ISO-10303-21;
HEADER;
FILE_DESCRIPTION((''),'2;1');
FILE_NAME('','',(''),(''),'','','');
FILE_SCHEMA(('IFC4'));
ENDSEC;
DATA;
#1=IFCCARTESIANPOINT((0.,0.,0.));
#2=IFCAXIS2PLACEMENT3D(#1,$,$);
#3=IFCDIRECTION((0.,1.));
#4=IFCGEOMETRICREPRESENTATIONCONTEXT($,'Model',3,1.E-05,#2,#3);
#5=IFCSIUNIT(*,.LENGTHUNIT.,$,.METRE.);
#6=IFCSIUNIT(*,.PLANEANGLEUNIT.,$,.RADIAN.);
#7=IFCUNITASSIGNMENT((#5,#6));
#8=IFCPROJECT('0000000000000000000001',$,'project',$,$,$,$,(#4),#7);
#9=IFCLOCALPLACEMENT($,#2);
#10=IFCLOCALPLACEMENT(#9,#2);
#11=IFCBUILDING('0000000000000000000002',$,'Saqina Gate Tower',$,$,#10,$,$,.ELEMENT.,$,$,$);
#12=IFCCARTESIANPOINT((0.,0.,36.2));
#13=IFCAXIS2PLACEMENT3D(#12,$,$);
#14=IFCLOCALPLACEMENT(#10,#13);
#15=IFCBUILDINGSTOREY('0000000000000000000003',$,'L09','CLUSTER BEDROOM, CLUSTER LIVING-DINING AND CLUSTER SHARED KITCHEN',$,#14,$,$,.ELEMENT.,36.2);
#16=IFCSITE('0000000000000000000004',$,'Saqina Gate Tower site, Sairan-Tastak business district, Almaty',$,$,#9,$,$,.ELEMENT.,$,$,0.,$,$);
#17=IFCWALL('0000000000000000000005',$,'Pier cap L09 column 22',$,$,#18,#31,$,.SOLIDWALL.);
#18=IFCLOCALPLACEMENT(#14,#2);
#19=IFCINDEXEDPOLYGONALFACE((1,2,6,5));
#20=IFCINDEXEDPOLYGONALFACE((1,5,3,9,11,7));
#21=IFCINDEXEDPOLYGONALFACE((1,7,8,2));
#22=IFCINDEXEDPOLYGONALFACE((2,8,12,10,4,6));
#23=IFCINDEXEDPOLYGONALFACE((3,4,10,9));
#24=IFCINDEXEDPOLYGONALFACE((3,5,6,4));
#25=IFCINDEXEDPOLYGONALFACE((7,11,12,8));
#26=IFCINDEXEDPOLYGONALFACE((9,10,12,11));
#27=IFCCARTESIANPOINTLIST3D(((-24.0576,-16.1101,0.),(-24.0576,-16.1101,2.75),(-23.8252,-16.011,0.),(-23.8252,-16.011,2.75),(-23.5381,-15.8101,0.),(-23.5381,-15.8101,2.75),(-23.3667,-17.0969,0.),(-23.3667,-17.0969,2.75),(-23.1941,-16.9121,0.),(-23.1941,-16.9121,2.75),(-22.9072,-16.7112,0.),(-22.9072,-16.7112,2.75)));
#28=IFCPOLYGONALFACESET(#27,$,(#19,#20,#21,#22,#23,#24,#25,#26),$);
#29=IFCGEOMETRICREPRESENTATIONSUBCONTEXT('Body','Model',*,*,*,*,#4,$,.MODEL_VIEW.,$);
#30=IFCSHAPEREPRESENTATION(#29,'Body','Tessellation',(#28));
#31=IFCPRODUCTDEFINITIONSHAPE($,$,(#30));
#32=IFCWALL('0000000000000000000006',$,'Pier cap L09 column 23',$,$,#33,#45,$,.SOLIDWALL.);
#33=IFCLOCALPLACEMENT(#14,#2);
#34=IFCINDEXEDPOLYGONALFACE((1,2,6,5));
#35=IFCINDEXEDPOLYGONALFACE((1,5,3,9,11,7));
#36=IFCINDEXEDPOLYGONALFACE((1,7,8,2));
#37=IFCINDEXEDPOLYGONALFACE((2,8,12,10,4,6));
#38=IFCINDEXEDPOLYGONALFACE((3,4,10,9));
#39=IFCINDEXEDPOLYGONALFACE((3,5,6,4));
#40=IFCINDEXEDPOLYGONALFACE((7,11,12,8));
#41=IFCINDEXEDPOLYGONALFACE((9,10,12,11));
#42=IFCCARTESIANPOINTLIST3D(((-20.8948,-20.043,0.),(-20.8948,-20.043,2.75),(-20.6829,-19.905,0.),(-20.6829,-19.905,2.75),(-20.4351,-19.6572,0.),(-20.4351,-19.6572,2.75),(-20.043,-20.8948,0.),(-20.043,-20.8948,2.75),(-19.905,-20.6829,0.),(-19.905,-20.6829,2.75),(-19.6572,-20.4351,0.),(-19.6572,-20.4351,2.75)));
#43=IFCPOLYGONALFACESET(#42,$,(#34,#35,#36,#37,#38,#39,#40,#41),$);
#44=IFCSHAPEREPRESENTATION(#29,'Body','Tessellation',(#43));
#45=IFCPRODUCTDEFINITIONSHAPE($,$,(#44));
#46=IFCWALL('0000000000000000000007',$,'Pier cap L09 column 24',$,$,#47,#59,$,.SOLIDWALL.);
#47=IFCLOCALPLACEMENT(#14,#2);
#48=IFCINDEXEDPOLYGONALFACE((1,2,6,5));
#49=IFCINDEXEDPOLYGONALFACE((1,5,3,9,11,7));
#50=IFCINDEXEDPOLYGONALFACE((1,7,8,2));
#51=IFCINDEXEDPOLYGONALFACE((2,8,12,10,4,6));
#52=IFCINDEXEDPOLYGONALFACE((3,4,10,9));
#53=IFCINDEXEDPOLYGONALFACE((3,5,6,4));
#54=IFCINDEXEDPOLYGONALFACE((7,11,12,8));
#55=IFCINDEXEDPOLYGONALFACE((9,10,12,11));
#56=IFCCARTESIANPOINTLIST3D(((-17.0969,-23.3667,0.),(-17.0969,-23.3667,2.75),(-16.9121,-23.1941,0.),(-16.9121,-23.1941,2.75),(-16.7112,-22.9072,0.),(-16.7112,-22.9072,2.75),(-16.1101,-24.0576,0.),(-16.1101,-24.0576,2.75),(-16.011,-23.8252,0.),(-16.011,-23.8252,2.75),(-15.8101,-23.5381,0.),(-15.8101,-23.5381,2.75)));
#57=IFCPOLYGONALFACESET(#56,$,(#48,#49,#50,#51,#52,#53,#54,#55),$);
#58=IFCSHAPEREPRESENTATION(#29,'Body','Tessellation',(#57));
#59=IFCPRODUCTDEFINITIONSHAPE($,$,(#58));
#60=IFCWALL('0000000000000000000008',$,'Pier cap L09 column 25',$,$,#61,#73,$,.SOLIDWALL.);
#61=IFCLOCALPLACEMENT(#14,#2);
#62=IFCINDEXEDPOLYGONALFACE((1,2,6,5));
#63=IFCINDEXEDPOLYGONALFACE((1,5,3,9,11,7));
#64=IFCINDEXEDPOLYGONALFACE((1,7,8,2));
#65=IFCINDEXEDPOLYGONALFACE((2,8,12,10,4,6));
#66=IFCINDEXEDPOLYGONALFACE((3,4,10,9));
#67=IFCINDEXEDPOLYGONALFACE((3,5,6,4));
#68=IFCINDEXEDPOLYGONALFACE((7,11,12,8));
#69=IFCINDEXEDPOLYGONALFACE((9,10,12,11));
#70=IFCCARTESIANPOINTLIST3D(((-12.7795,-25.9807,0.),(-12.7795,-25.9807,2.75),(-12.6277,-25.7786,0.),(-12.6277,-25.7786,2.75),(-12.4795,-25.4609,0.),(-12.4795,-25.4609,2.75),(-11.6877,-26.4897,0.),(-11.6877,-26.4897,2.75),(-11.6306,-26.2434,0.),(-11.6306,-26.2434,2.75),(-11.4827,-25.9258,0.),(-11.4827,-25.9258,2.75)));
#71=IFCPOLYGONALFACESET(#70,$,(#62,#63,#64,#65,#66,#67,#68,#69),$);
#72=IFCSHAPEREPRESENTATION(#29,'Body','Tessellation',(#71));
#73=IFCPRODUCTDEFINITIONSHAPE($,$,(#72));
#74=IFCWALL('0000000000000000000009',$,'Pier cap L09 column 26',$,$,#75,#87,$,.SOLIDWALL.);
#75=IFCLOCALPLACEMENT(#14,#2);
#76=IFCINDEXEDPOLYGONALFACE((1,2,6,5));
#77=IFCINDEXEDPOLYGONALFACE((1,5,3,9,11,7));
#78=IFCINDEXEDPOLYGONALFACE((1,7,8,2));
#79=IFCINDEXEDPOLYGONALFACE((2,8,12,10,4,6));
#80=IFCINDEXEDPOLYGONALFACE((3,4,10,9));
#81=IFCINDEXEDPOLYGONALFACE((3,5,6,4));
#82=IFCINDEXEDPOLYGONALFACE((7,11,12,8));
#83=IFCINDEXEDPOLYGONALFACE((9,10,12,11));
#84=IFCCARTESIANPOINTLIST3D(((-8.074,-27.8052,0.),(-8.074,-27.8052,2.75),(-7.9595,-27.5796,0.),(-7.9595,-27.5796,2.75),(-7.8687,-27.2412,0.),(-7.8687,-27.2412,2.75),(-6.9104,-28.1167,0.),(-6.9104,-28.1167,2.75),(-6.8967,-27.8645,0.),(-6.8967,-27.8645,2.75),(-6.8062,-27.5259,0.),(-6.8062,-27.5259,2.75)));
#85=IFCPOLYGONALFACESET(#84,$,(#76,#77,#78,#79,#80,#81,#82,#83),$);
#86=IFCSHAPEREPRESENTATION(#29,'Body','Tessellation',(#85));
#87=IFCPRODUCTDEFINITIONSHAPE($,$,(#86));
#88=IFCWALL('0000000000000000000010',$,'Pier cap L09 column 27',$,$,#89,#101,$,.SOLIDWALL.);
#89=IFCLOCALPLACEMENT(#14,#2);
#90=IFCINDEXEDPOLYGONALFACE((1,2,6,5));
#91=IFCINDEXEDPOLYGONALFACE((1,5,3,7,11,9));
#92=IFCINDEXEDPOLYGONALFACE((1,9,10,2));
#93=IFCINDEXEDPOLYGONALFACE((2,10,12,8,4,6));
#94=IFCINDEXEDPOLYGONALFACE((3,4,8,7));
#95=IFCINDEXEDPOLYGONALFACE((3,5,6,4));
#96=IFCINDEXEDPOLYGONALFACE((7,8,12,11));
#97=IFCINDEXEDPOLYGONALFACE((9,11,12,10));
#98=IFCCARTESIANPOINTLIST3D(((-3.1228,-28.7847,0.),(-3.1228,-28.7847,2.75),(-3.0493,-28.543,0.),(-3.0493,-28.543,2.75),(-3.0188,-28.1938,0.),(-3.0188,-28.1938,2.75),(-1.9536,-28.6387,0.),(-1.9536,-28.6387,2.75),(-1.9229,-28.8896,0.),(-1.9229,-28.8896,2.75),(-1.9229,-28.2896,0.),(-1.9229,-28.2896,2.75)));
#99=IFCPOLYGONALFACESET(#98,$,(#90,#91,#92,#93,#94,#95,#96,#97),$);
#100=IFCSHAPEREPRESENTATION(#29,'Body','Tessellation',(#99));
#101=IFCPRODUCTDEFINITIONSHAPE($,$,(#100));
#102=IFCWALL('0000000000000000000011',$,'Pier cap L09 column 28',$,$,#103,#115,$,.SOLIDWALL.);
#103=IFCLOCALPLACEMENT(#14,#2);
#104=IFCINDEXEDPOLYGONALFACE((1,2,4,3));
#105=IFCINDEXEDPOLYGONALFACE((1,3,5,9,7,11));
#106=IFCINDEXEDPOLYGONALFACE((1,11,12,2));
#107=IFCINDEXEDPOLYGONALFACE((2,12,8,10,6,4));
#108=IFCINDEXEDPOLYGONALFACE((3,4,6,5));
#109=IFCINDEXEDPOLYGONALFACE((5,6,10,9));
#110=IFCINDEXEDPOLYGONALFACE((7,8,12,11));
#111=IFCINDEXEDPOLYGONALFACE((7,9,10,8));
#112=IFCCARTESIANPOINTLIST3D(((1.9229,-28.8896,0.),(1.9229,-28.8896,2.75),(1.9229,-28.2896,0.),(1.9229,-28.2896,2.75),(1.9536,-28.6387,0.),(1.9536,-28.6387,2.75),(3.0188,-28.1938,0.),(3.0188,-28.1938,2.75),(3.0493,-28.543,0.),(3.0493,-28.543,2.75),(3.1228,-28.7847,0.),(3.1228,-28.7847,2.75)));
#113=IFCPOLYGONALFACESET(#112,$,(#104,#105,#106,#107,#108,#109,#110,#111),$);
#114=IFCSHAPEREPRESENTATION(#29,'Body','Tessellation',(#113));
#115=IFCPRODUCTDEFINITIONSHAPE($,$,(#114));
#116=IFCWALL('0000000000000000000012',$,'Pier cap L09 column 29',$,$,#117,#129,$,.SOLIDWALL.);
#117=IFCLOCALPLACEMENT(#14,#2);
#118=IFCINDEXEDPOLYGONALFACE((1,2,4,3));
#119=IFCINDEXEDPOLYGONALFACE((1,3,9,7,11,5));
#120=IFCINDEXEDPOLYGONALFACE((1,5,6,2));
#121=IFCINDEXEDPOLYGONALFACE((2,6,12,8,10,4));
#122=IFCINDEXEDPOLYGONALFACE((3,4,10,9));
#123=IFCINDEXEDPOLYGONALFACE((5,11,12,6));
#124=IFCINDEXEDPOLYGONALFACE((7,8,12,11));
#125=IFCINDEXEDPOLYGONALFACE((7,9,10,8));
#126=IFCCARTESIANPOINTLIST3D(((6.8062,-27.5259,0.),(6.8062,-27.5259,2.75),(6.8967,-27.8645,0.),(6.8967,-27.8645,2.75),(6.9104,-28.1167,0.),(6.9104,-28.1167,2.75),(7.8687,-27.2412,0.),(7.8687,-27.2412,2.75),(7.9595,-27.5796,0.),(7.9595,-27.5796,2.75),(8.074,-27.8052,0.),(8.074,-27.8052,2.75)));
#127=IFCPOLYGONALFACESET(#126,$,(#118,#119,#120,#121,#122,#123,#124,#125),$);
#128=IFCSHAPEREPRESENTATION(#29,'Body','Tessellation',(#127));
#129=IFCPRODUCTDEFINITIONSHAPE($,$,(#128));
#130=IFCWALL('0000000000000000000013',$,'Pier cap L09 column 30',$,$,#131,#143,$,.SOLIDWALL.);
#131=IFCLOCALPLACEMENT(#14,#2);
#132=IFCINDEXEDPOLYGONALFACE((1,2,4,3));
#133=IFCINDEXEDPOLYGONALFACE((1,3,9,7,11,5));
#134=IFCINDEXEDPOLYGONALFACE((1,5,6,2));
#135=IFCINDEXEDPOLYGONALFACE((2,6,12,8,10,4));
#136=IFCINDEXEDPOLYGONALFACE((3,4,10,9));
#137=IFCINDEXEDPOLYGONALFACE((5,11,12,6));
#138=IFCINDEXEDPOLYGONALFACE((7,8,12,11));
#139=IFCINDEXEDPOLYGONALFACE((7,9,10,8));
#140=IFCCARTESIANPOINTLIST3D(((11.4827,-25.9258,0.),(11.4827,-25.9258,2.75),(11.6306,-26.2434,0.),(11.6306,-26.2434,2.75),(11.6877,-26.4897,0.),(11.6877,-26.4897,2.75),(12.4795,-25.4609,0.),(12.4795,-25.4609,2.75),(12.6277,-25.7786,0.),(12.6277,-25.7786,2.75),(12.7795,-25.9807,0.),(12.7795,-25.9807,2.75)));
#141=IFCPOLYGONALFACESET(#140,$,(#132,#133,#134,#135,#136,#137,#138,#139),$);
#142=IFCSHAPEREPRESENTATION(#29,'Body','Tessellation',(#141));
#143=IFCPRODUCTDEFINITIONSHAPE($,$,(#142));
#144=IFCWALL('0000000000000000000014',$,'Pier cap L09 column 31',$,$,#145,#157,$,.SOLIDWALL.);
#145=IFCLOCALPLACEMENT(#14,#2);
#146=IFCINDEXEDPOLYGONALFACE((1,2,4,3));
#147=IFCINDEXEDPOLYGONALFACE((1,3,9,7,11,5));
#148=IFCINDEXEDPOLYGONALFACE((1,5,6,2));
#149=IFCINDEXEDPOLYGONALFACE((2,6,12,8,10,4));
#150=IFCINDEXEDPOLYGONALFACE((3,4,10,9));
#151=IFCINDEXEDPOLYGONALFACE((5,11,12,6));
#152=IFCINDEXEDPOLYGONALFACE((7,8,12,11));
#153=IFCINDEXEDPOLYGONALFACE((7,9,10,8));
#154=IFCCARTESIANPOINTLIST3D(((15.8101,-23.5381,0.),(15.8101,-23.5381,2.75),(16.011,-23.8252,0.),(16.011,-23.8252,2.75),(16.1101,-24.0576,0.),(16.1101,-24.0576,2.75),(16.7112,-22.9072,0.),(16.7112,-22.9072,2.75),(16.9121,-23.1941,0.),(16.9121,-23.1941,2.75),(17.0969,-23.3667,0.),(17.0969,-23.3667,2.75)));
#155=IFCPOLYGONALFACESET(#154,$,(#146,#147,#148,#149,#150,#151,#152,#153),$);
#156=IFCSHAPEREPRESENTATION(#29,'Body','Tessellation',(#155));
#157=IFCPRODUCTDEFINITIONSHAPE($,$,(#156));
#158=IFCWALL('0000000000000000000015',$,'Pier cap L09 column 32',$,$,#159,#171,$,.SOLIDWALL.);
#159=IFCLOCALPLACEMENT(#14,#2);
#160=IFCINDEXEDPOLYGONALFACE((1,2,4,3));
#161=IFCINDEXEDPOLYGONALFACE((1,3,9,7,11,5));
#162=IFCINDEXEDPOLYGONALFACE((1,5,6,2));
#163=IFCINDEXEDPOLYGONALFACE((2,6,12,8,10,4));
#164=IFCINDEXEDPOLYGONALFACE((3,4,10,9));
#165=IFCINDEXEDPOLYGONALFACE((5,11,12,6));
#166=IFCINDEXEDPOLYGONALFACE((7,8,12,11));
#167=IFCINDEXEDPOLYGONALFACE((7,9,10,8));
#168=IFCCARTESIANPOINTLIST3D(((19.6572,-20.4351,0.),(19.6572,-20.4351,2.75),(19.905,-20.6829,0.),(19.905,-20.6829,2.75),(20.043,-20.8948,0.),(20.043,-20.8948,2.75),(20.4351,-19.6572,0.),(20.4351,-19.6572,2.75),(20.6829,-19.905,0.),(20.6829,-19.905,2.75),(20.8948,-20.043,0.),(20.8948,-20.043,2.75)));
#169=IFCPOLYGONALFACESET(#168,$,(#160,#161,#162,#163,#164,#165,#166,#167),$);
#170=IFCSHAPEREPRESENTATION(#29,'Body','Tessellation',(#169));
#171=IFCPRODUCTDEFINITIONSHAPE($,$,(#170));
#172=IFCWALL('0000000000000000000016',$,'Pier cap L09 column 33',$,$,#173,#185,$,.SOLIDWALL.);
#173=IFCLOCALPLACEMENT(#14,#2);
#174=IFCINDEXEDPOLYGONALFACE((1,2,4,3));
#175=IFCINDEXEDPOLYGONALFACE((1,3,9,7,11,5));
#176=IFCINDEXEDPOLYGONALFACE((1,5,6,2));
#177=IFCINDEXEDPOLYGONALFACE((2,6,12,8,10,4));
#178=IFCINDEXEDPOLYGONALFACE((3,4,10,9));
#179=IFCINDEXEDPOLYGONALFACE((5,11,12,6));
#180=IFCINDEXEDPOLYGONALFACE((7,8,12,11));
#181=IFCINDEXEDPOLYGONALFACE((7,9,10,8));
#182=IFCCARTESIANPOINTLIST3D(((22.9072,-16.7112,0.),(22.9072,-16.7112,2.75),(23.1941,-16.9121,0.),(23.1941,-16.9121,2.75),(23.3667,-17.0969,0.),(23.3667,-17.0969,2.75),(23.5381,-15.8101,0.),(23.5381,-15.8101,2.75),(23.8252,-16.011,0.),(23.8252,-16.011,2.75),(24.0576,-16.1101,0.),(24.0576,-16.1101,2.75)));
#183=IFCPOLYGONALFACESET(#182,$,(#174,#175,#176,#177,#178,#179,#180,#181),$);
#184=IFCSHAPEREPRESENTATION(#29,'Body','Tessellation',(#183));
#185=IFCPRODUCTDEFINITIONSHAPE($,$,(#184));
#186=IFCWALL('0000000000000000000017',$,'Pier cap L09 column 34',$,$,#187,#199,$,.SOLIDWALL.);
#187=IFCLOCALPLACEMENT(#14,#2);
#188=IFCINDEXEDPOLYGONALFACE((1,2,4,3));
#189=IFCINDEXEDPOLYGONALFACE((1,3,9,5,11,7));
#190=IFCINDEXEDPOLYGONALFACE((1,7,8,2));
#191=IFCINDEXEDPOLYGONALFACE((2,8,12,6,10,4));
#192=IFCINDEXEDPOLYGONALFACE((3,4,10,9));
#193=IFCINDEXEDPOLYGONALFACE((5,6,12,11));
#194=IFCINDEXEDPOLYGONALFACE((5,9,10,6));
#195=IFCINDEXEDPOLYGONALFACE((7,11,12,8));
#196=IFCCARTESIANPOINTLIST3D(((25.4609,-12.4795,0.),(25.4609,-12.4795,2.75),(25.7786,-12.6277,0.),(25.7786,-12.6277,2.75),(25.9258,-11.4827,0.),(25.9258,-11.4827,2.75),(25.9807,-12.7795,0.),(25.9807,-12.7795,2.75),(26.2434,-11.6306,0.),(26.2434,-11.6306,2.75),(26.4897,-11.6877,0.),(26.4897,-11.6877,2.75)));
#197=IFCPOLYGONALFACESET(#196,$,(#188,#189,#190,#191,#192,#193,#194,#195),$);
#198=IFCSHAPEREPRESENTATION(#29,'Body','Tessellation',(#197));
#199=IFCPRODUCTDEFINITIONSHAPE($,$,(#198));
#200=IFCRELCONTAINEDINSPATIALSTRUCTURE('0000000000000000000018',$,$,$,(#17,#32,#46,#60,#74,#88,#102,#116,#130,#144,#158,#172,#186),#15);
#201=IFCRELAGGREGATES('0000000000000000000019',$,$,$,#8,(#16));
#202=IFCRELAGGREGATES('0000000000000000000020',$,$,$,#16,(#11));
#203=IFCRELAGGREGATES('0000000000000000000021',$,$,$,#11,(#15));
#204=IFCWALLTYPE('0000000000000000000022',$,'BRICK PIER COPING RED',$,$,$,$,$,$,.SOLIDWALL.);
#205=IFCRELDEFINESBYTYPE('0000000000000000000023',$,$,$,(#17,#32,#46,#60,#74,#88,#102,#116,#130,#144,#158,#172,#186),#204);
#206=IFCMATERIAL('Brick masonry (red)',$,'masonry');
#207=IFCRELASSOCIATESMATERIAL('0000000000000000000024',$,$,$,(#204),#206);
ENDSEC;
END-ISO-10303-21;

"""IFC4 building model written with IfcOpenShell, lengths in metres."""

from ifc_helpers import new_model, si_unit, direction, frame, origin, place, context, subcontext, project, spatial, polyline, outline, extrude, material, type_object, element, save


model = new_model("IFC4")

# Units and contexts
model_context = context("Model", 3, precision=1e-05, world=origin(), true_north=direction((0.0, 1.0)))
body_context = subcontext(model_context, "Body", "Model", "MODEL_VIEW")
ifc_project = project(units=[si_unit("LENGTHUNIT", "METRE"), si_unit("PLANEANGLEUNIT", "RADIAN")], contexts=[model_context])

# Site, building, storey
site_placement = place(None, origin())
site = spatial("IfcSite", under=ifc_project, at=site_placement, Name="Saqina Gate Tower site, Sairan-Tastak business district, Almaty", CompositionType="ELEMENT", RefElevation=0.0)
building_placement = place(site_placement, origin())
building = spatial("IfcBuilding", under=site, at=building_placement, Name="Saqina Gate Tower", CompositionType="ELEMENT")
storey_placement = place(building_placement, frame((0.0, 0.0, 36.2)))
storey = spatial("IfcBuildingStorey", under=building, at=storey_placement, Name="L09", Description="CLUSTER BEDROOM, CLUSTER LIVING-DINING AND CLUSTER SHARED KITCHEN", CompositionType="ELEMENT", Elevation=36.2)

# Walls
ifc_material = material(Name="Brick masonry (red)", Category="masonry")
wall_type = type_object("IfcWallType", Name="BRICK PIER COPING RED", PredefinedType="SOLIDWALL", material=ifc_material)
wall_1_placement = place(storey_placement, origin())
element("IfcWall", 1, at=wall_1_placement, inside=storey, type_object=wall_type, Name="Pier cap L09 column 22", PredefinedType="SOLIDWALL", context=body_context, shape_type="SweptSolid", body=[
    extrude(outline(polyline([(-24.0576, -16.1101), (-23.3667, -17.0969), (-22.9072, -16.7112), (-23.1941, -16.9121), (-23.8252, -16.011), (-23.5381, -15.8101), (-24.0576, -16.1101)])), origin(), (0.0, 0.0, 1.0), 2.75),
])
wall_2_placement = place(storey_placement, origin())
element("IfcWall", 2, at=wall_2_placement, inside=storey, type_object=wall_type, Name="Pier cap L09 column 23", PredefinedType="SOLIDWALL", context=body_context, shape_type="SweptSolid", body=[
    extrude(outline(polyline([(-20.043, -20.8948), (-19.6572, -20.4351), (-19.905, -20.6829), (-20.6829, -19.905), (-20.4351, -19.6572), (-20.8948, -20.043), (-20.043, -20.8948)])), origin(), (0.0, 0.0, 1.0), 2.75),
])
wall_3_placement = place(storey_placement, origin())
element("IfcWall", 3, at=wall_3_placement, inside=storey, type_object=wall_type, Name="Pier cap L09 column 24", PredefinedType="SOLIDWALL", context=body_context, shape_type="SweptSolid", body=[
    extrude(outline(polyline([(-17.0969, -23.3667), (-16.1101, -24.0576), (-15.8101, -23.5381), (-16.011, -23.8252), (-16.9121, -23.1941), (-16.7112, -22.9072), (-17.0969, -23.3667)])), origin(), (0.0, 0.0, 1.0), 2.75),
])
wall_4_placement = place(storey_placement, origin())
element("IfcWall", 4, at=wall_4_placement, inside=storey, type_object=wall_type, Name="Pier cap L09 column 25", PredefinedType="SOLIDWALL", context=body_context, shape_type="SweptSolid", body=[
    extrude(outline(polyline([(-11.6877, -26.4897), (-11.4827, -25.9258), (-11.6306, -26.2434), (-12.6277, -25.7786), (-12.4795, -25.4609), (-12.7795, -25.9807), (-11.6877, -26.4897)])), origin(), (0.0, 0.0, 1.0), 2.75),
])
wall_5_placement = place(storey_placement, origin())
element("IfcWall", 5, at=wall_5_placement, inside=storey, type_object=wall_type, Name="Pier cap L09 column 26", PredefinedType="SOLIDWALL", context=body_context, shape_type="SweptSolid", body=[
    extrude(outline(polyline([(-6.9104, -28.1167), (-6.8062, -27.5259), (-6.8967, -27.8645), (-7.9595, -27.5796), (-7.8687, -27.2412), (-8.074, -27.8052), (-6.9104, -28.1167)])), origin(), (0.0, 0.0, 1.0), 2.75),
])
wall_6_placement = place(storey_placement, origin())
element("IfcWall", 6, at=wall_6_placement, inside=storey, type_object=wall_type, Name="Pier cap L09 column 27", PredefinedType="SOLIDWALL", context=body_context, shape_type="SweptSolid", body=[
    extrude(outline(polyline([(-3.1228, -28.7847), (-1.9229, -28.8896), (-1.9229, -28.2896), (-1.9536, -28.6387), (-3.0493, -28.543), (-3.0188, -28.1938), (-3.1228, -28.7847)])), origin(), (0.0, 0.0, 1.0), 2.75),
])
wall_7_placement = place(storey_placement, origin())
element("IfcWall", 7, at=wall_7_placement, inside=storey, type_object=wall_type, Name="Pier cap L09 column 28", PredefinedType="SOLIDWALL", context=body_context, shape_type="SweptSolid", body=[
    extrude(outline(polyline([(1.9229, -28.8896), (3.1228, -28.7847), (3.0188, -28.1938), (3.0493, -28.543), (1.9536, -28.6387), (1.9229, -28.2896), (1.9229, -28.8896)])), origin(), (0.0, 0.0, 1.0), 2.75),
])
wall_8_placement = place(storey_placement, origin())
element("IfcWall", 8, at=wall_8_placement, inside=storey, type_object=wall_type, Name="Pier cap L09 column 29", PredefinedType="SOLIDWALL", context=body_context, shape_type="SweptSolid", body=[
    extrude(outline(polyline([(6.9104, -28.1167), (8.074, -27.8052), (7.8687, -27.2412), (7.9595, -27.5796), (6.8967, -27.8645), (6.8062, -27.5259), (6.9104, -28.1167)])), origin(), (0.0, 0.0, 1.0), 2.75),
])
wall_9_placement = place(storey_placement, origin())
element("IfcWall", 9, at=wall_9_placement, inside=storey, type_object=wall_type, Name="Pier cap L09 column 30", PredefinedType="SOLIDWALL", context=body_context, shape_type="SweptSolid", body=[
    extrude(outline(polyline([(12.7795, -25.9807), (12.4795, -25.4609), (12.6277, -25.7786), (11.6306, -26.2434), (11.4827, -25.9258), (11.6877, -26.4897), (12.7795, -25.9807)])), origin(), (0.0, 0.0, 1.0), 2.75),
])
wall_10_placement = place(storey_placement, origin())
element("IfcWall", 10, at=wall_10_placement, inside=storey, type_object=wall_type, Name="Pier cap L09 column 31", PredefinedType="SOLIDWALL", context=body_context, shape_type="SweptSolid", body=[
    extrude(outline(polyline([(16.1101, -24.0576), (17.0969, -23.3667), (16.7112, -22.9072), (16.9121, -23.1941), (16.011, -23.8252), (15.8101, -23.5381), (16.1101, -24.0576)])), origin(), (0.0, 0.0, 1.0), 2.75),
])
wall_11_placement = place(storey_placement, origin())
element("IfcWall", 11, at=wall_11_placement, inside=storey, type_object=wall_type, Name="Pier cap L09 column 32", PredefinedType="SOLIDWALL", context=body_context, shape_type="SweptSolid", body=[
    extrude(outline(polyline([(20.8948, -20.043), (20.4351, -19.6572), (20.6829, -19.905), (19.905, -20.6829), (19.6572, -20.4351), (20.043, -20.8948), (20.8948, -20.043)])), origin(), (0.0, 0.0, 1.0), 2.75),
])
wall_12_placement = place(storey_placement, origin())
element("IfcWall", 12, at=wall_12_placement, inside=storey, type_object=wall_type, Name="Pier cap L09 column 33", PredefinedType="SOLIDWALL", context=body_context, shape_type="SweptSolid", body=[
    extrude(outline(polyline([(23.3667, -17.0969), (24.0576, -16.1101), (23.5381, -15.8101), (23.8252, -16.011), (23.1941, -16.9121), (22.9072, -16.7112), (23.3667, -17.0969)])), origin(), (0.0, 0.0, 1.0), 2.75),
])
wall_13_placement = place(storey_placement, origin())
element("IfcWall", 13, at=wall_13_placement, inside=storey, type_object=wall_type, Name="Pier cap L09 column 34", PredefinedType="SOLIDWALL", context=body_context, shape_type="SweptSolid", body=[
    extrude(outline(polyline([(26.4897, -11.6877), (25.9258, -11.4827), (26.2434, -11.6306), (25.7786, -12.6277), (25.4609, -12.4795), (25.9807, -12.7795), (26.4897, -11.6877)])), origin(), (0.0, 0.0, 1.0), 2.75),
])

save(model, "model.ifc")
